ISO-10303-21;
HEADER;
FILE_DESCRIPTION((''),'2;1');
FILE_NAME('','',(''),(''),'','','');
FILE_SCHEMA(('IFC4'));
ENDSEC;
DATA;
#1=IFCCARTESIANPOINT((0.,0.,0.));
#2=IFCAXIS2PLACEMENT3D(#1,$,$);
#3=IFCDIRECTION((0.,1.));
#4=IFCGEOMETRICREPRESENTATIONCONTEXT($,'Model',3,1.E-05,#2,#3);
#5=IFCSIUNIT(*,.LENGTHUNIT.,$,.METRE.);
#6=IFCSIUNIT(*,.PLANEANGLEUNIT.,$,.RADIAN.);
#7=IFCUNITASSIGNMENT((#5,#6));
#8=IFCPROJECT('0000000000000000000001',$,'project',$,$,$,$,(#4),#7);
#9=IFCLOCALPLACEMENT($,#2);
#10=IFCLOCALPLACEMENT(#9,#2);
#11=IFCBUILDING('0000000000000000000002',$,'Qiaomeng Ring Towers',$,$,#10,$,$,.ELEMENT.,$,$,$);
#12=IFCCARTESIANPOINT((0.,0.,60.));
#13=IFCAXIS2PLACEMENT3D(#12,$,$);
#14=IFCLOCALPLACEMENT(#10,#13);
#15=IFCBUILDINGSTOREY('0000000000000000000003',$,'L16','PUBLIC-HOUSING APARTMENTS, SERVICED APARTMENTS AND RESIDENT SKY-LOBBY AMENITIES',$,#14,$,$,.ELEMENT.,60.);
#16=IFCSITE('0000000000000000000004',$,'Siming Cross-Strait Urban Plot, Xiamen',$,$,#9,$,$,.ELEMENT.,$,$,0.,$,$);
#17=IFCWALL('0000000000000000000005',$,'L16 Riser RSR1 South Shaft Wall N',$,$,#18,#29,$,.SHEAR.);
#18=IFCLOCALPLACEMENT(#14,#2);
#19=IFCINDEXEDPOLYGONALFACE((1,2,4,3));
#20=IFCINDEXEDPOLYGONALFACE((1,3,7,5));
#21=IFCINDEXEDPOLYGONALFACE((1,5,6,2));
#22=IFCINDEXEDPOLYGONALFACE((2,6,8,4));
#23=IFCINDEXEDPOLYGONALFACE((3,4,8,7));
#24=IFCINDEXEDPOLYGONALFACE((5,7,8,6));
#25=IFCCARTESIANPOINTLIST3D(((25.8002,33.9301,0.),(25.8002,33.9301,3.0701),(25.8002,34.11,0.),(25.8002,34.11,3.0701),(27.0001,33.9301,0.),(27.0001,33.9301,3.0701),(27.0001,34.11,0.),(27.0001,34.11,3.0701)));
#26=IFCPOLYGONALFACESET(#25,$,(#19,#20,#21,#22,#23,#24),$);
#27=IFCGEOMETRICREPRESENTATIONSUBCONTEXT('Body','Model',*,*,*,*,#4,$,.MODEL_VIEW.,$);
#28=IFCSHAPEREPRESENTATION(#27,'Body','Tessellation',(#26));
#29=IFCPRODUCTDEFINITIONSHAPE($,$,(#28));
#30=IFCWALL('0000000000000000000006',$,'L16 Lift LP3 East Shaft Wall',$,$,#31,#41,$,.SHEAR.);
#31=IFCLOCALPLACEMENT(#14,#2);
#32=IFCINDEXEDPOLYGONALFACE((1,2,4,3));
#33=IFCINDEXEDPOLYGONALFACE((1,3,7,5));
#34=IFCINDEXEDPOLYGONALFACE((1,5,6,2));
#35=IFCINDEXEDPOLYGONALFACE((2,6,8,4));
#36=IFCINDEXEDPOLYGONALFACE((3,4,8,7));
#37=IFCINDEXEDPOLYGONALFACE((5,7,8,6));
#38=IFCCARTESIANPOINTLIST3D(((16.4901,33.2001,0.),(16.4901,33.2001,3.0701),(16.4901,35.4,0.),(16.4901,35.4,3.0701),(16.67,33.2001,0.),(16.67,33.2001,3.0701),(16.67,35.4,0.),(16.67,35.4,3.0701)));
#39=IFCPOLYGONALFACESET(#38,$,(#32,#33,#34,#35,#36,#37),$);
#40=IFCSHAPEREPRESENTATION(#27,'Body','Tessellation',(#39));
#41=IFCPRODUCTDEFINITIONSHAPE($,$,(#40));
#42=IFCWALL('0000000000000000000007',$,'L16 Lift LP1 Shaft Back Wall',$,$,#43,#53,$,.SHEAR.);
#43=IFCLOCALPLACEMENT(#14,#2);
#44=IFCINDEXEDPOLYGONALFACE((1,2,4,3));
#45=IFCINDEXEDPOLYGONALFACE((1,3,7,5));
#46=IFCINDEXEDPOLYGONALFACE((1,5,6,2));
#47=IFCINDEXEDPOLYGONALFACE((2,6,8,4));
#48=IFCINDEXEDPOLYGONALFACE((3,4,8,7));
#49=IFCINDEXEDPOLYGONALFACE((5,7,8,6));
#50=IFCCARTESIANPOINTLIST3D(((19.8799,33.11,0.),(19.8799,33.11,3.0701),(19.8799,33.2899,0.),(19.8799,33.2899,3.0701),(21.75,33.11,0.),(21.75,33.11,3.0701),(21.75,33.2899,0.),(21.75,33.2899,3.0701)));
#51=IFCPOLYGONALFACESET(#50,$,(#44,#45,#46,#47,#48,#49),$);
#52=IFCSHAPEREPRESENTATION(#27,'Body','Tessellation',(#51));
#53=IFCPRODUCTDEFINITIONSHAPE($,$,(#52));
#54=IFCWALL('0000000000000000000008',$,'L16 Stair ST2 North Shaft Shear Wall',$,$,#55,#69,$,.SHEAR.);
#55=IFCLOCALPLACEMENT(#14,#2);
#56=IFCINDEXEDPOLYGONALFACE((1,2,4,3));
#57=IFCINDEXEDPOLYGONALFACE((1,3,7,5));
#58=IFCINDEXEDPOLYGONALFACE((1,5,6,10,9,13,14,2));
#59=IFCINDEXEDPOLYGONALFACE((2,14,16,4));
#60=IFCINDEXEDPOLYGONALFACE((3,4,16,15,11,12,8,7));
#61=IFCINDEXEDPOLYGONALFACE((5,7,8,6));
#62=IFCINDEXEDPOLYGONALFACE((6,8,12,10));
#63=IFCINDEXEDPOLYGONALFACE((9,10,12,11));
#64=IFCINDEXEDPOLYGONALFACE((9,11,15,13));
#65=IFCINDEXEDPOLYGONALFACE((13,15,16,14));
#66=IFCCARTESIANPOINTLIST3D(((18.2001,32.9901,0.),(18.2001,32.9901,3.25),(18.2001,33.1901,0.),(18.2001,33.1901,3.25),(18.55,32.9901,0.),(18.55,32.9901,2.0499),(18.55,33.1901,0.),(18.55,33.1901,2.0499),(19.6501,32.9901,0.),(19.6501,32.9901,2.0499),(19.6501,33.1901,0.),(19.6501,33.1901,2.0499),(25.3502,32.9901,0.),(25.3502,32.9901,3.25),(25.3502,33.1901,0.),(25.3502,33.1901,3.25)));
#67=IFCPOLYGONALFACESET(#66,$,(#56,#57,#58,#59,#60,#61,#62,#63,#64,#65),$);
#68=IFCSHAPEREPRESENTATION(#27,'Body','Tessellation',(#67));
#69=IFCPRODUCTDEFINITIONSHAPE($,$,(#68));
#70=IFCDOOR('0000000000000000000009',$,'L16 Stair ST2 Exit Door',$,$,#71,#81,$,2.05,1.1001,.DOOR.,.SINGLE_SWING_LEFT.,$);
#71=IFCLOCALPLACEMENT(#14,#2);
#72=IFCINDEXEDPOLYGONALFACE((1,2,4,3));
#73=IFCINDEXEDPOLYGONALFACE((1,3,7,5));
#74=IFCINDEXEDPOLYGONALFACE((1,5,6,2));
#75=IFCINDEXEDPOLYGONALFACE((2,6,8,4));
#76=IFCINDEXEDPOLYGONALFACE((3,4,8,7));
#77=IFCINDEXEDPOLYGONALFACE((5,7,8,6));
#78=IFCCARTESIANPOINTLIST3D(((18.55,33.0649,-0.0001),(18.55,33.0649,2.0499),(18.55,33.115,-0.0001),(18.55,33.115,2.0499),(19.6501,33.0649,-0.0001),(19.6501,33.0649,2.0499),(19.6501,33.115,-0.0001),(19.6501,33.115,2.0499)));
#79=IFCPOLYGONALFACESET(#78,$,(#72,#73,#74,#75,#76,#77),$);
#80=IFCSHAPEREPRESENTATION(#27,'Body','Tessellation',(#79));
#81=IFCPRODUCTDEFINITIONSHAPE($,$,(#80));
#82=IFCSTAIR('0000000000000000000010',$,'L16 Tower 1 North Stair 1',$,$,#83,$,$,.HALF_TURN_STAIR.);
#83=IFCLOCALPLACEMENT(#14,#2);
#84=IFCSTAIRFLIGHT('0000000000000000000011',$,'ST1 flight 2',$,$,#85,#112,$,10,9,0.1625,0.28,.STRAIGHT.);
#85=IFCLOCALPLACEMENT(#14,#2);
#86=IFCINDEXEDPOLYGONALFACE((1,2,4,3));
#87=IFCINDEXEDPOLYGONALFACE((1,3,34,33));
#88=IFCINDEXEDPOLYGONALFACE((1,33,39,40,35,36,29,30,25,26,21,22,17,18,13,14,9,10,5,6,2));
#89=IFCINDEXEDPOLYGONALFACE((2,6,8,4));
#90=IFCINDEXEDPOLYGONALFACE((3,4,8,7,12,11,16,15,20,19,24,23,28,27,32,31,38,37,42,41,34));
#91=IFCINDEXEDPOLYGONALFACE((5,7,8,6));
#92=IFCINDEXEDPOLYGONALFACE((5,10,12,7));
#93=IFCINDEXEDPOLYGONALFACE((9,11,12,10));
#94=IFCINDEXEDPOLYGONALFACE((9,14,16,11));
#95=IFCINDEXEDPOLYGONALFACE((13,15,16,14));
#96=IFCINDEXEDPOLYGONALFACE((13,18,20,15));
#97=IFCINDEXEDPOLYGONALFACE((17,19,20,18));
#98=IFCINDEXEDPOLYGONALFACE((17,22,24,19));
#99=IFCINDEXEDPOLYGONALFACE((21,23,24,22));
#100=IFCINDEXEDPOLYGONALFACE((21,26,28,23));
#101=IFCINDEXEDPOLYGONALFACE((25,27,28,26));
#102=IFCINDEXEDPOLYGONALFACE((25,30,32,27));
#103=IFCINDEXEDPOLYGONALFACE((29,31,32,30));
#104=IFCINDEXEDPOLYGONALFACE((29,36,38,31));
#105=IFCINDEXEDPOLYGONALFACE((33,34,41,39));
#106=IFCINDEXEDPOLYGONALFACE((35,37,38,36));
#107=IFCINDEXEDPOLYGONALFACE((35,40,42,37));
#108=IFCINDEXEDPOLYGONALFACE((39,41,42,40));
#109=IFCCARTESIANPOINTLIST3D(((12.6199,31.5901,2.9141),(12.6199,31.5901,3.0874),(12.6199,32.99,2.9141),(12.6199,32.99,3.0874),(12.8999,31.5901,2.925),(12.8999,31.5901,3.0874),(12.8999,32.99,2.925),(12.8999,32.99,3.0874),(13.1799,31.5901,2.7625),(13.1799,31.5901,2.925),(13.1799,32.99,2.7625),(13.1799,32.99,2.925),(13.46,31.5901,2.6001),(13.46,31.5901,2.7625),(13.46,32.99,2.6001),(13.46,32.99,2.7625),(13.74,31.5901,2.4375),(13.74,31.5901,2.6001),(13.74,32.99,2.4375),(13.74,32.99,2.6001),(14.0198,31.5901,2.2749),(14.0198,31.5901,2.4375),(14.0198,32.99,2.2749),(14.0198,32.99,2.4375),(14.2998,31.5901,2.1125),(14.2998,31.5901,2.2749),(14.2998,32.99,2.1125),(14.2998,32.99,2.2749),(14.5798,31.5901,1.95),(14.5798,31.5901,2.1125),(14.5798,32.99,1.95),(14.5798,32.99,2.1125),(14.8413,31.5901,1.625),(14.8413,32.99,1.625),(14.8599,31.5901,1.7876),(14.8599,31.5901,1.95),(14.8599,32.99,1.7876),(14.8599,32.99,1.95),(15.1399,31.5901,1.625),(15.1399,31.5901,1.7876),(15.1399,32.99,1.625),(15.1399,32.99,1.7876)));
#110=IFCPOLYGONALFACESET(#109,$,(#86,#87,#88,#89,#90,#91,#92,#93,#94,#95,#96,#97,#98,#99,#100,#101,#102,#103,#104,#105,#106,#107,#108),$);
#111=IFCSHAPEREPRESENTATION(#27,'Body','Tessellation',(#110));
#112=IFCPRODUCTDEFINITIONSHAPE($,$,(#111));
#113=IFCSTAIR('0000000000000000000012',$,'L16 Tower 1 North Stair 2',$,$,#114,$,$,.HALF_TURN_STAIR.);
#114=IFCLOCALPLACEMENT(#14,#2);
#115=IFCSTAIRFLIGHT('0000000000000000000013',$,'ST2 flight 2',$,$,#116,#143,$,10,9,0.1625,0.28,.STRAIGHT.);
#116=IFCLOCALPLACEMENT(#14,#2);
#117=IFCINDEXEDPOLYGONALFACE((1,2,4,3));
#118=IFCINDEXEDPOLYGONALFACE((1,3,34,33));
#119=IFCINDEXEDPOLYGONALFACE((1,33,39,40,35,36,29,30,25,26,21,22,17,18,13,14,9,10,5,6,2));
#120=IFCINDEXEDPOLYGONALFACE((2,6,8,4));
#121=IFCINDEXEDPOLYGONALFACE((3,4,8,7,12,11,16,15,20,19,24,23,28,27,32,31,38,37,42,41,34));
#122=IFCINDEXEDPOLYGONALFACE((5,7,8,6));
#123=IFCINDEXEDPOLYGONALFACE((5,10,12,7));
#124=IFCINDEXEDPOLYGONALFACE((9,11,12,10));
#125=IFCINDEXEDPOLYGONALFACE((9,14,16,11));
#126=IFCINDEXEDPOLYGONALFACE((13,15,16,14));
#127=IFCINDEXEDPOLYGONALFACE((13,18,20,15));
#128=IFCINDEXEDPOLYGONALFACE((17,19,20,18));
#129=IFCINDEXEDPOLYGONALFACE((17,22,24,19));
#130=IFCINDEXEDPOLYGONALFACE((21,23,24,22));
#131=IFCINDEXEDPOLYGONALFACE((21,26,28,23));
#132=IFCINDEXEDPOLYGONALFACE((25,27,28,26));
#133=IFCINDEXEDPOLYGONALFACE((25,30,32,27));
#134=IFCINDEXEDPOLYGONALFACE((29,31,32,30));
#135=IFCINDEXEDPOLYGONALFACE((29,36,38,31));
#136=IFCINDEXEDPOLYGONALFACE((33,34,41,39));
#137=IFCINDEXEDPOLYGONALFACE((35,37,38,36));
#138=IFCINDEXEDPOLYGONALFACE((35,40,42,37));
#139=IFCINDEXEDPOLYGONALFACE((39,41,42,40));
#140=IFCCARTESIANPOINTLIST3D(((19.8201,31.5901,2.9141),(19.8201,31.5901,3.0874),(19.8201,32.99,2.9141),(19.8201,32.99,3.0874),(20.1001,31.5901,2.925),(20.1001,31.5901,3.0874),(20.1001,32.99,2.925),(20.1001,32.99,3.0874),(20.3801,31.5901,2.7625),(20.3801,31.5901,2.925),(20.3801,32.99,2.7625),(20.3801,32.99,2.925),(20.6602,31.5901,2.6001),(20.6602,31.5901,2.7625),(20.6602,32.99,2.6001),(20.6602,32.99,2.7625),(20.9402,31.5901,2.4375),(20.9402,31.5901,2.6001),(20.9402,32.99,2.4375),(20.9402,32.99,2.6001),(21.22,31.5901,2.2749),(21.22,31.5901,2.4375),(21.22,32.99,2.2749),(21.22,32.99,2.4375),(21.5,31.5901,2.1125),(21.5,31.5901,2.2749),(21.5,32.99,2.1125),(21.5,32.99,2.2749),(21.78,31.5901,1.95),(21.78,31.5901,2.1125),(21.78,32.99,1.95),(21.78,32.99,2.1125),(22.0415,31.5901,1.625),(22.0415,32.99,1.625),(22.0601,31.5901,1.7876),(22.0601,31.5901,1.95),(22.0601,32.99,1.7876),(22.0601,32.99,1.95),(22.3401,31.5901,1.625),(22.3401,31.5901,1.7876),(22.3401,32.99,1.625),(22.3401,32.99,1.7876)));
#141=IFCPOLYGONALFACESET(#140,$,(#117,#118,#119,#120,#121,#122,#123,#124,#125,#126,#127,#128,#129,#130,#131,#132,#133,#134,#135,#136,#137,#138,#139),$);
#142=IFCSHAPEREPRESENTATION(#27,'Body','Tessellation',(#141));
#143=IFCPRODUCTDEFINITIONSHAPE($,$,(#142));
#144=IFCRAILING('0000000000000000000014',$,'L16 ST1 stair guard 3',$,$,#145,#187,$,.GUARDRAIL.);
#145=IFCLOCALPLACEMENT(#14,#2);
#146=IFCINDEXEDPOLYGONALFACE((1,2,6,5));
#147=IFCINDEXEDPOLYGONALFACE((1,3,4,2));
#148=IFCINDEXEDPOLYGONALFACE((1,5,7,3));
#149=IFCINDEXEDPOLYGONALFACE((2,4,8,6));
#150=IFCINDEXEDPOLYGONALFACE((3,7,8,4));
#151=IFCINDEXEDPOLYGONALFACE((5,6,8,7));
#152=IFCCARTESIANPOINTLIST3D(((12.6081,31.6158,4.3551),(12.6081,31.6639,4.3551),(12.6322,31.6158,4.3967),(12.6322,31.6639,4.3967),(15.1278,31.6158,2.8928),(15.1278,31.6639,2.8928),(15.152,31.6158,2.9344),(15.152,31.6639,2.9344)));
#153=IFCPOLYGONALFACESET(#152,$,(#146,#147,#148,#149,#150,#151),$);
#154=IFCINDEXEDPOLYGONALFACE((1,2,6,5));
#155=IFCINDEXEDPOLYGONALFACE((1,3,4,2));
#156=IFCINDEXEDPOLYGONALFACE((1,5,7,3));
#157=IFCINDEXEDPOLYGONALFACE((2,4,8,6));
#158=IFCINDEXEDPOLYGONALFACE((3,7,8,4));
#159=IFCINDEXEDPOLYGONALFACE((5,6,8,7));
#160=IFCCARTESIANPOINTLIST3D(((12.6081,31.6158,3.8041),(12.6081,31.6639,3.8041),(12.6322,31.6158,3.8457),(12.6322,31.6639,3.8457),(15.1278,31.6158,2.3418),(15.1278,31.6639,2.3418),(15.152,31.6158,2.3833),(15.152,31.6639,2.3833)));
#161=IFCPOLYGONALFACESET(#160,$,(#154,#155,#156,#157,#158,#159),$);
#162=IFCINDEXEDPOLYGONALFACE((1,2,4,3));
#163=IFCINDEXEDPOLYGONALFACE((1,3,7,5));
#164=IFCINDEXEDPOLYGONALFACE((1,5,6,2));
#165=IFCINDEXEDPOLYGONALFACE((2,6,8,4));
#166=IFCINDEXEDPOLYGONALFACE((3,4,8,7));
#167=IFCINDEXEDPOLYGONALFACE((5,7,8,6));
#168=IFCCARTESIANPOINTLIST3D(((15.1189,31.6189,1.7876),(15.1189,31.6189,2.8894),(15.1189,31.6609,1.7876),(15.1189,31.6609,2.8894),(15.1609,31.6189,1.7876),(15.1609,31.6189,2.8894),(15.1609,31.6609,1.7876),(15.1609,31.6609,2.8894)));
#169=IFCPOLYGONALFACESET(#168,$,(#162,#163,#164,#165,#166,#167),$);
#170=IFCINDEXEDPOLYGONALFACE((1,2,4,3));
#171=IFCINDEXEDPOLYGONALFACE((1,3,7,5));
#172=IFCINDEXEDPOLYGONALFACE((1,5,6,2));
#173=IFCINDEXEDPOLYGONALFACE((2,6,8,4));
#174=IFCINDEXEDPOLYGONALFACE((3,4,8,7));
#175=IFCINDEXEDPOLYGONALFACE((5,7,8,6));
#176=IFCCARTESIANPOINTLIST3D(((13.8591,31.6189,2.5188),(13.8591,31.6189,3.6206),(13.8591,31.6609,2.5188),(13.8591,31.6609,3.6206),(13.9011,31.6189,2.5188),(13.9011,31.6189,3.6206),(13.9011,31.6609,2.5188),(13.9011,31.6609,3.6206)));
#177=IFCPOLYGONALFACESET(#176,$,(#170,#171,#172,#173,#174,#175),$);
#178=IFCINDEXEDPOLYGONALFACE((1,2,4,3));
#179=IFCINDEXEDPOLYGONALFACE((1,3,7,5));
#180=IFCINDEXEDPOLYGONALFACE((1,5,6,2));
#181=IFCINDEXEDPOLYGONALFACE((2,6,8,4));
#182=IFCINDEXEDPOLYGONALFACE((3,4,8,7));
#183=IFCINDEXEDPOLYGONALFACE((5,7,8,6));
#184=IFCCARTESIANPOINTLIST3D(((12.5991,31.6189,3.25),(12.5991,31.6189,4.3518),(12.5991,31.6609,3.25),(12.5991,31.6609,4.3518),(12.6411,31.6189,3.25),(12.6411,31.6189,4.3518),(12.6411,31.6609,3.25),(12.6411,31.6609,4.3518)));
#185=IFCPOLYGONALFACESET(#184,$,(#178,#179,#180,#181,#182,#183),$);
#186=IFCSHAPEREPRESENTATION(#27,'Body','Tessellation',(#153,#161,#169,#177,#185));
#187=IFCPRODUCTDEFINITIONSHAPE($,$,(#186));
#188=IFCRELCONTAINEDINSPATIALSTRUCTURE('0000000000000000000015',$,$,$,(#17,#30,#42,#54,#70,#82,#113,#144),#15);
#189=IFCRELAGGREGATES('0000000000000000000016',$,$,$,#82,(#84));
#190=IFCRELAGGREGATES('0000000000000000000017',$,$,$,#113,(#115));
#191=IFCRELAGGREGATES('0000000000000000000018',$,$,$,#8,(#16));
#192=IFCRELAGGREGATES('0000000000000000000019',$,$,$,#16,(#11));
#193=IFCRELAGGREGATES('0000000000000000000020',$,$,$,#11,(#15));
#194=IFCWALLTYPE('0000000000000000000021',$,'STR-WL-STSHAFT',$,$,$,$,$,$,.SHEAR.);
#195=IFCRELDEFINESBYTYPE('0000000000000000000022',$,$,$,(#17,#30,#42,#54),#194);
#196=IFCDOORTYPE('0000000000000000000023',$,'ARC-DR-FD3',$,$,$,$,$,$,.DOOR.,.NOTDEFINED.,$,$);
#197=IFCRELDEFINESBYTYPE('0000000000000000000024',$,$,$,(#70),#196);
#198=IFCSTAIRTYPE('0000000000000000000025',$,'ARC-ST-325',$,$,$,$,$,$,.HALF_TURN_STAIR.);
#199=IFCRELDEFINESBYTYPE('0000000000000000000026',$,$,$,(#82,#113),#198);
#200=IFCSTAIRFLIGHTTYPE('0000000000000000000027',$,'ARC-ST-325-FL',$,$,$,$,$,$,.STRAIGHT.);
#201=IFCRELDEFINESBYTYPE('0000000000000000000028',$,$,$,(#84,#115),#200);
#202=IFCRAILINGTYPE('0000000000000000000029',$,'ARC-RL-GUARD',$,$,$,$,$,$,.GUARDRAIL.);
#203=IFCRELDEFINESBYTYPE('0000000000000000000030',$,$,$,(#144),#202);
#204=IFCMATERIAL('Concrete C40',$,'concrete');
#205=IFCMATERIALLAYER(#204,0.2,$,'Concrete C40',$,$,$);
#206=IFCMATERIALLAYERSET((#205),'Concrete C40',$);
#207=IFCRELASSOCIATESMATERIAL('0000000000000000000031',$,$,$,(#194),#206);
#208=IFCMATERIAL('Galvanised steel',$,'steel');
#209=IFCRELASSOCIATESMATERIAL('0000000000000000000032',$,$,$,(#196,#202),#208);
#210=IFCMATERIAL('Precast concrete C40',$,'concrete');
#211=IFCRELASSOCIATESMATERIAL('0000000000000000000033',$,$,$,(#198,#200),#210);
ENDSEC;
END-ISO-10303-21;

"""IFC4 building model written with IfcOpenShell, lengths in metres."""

from ifc_helpers import new_model, si_unit, direction, frame, frame_2d, origin, origin_2d, place, context, subcontext, project, spatial, polyline, rectangle, outline, extrude, source, transform, mapped, material, layer, layer_set, type_object, element, fill, aggregate, save


model = new_model("IFC4")

# Units and contexts
model_context = context("Model", 3, precision=1e-05, world=origin(), true_north=direction((0.0, 1.0)))
body_context = subcontext(model_context, "Body", "Model", "MODEL_VIEW")
ifc_project = project(units=[si_unit("LENGTHUNIT", "METRE"), si_unit("PLANEANGLEUNIT", "RADIAN")], contexts=[model_context])

# Site, building, storey
site_placement = place(None, origin())
site = spatial("IfcSite", under=ifc_project, at=site_placement, Name="Siming Cross-Strait Urban Plot, Xiamen", CompositionType="ELEMENT", RefElevation=0.0)
building_placement = place(site_placement, origin())
building = spatial("IfcBuilding", under=site, at=building_placement, Name="Qiaomeng Ring Towers", CompositionType="ELEMENT")
storey_placement = place(building_placement, frame((0.0, 0.0, 60.0)))
storey = spatial("IfcBuildingStorey", under=building, at=storey_placement, Name="L16", Description="PUBLIC-HOUSING APARTMENTS, SERVICED APARTMENTS AND RESIDENT SKY-LOBBY AMENITIES", CompositionType="ELEMENT", Elevation=60.0)

# Walls
ifc_material_1 = material(Name="Concrete C40", Category="concrete")
ifc_layer_1 = layer(ifc_material_1, 0.2, Name="Concrete C40")
ifc_layer_set_1 = layer_set([ifc_layer_1], Name="Concrete C40")
wall_type_1 = type_object("IfcWallType", Name="STR-WL-STSHAFT", PredefinedType="SHEAR", material=ifc_layer_set_1)
for number, where, z_axis, x_axis, name in (
    (1, (25.8, 34.02, 0.0), (0.0, 0.0, 1.0), (1.0, 0.0, 0.0), "L16 Riser RSR1 South Shaft Wall N"),
):
    element("IfcWall", number, at=place(storey_placement, frame(where, z_axis=z_axis, x_axis=x_axis)), inside=storey, type_object=wall_type_1, Name=name, PredefinedType="SHEAR", context=body_context, shape_type="SweptSolid", body=[
        extrude(rectangle(XDim=1.2, YDim=0.1799, at=frame_2d((0.6001, 0.0))), origin(), (0.0, 0.0, 1.0), 3.0701),
    ])
wall_1_placement = place(storey_placement, frame((16.5801, 33.2, 0.0), z_axis=(0.0, 0.0, 1.0), x_axis=(0.0, 1.0, 0.0)))
element("IfcWall", 2, at=wall_1_placement, inside=storey, type_object=wall_type_1, Name="L16 Lift LP3 East Shaft Wall", PredefinedType="SHEAR", context=body_context, shape_type="SweptSolid", body=[
    extrude(rectangle(XDim=2.2, YDim=0.1799, at=frame_2d((1.1001, 0.0))), origin(), (0.0, 0.0, 1.0), 3.0701),
])
wall_2_placement = place(storey_placement, frame((19.8799, 33.2, 0.0), z_axis=(0.0, 0.0, 1.0), x_axis=(1.0, 0.0, 0.0)))
element("IfcWall", 3, at=wall_2_placement, inside=storey, type_object=wall_type_1, Name="L16 Lift LP1 Shaft Back Wall", PredefinedType="SHEAR", context=body_context, shape_type="SweptSolid", body=[
    extrude(rectangle(XDim=1.8701, YDim=0.1799, at=frame_2d((0.9351, 0.0))), origin(), (0.0, 0.0, 1.0), 3.0701),
])

# Wall, opening, door
wall_3_placement = place(storey_placement, frame((18.2, 33.0901, 0.0), z_axis=(0.0, 0.0, 1.0), x_axis=(1.0, 0.0, 0.0)))
wall_3 = element("IfcWall", 4, at=wall_3_placement, inside=storey, type_object=wall_type_1, Name="L16 Stair ST2 North Shaft Shear Wall", PredefinedType="SHEAR", context=body_context, shape_type="SweptSolid", body=[
    extrude(rectangle(XDim=7.1501, YDim=0.2, at=frame_2d((3.5752, 0.0))), origin(), (0.0, 0.0, 1.0), 3.25),
])
opening_placement = place(wall_3_placement, frame((0.3501, 0.0, 0.0)))
opening = element("IfcOpeningElement", 5, at=opening_placement, cuts=wall_3, PredefinedType="OPENING", context=body_context, shape_type="SweptSolid", body=[
    extrude(rectangle(XDim=1.1001, YDim=2.05, at=frame_2d((0.55, 1.0249))), frame((0.0, 0.1099, 0.0), z_axis=(0.0, -1.0, 0.0), x_axis=(1.0, 0.0, 0.0)), (0.0, 0.0, 1.0), 0.22),
])
ifc_material_2 = material(Name="Galvanised steel", Category="steel")
door_type = type_object("IfcDoorType", Name="ARC-DR-FD3", OperationType="NOTDEFINED", PredefinedType="DOOR", material=ifc_material_2)
shared_shape_1 = source(origin(), body_context, "Body", "SweptSolid", [
    extrude(rectangle(XDim=1.1001, YDim=2.05, at=frame_2d((0.55, 1.0249))), frame((0.0, 0.0249, 0.0), z_axis=(0.0, -1.0, 0.0), x_axis=(1.0, 0.0, 0.0)), (0.0, 0.0, 1.0), 0.05),
])
door_placement = place(opening_placement, origin())
door = element("IfcDoor", 6, at=door_placement, inside=storey, type_object=door_type, Name="L16 Stair ST2 Exit Door", OperationType="SINGLE_SWING_LEFT", OverallHeight=2.05, OverallWidth=1.1001, PredefinedType="DOOR", context=body_context, shape_type="MappedRepresentation", body=[
    mapped(shared_shape_1, transform((0.0, 0.0, 0.0), x_axis=(1.0, 0.0, 0.0), y_axis=(0.0, 1.0, 0.0), z_axis=(0.0, 0.0, 1.0), scale=1.0)),
])
fill(opening, door)

# Stairs, stair flights
ifc_material_3 = material(Name="Precast concrete C40", Category="concrete")
stair_type = type_object("IfcStairType", Name="ARC-ST-325", PredefinedType="HALF_TURN_STAIR", material=ifc_material_3)
stair_1_placement = place(storey_placement, origin())
stair_1 = element("IfcStair", 7, at=stair_1_placement, inside=storey, type_object=stair_type, Name="L16 Tower 1 North Stair 1", PredefinedType="HALF_TURN_STAIR")
stair_flight_type = type_object("IfcStairFlightType", Name="ARC-ST-325-FL", PredefinedType="STRAIGHT", material=ifc_material_3)
shared_shape_2 = source(origin(), body_context, "Body", "SweptSolid", [
    extrude(outline(polyline([(0.0, 0.0), (0.0, 0.1626), (0.28, 0.1626), (0.28, 0.325), (0.5601, 0.325), (0.5601, 0.4875), (0.8401, 0.4875), (0.8401, 0.6499), (1.1201, 0.6499), (1.1201, 0.8125), (1.3999, 0.8125), (1.3999, 0.9751), (1.6799, 0.9751), (1.6799, 1.1375), (1.96, 1.1375), (1.96, 1.3), (2.24, 1.3), (2.24, 1.4624), (2.52, 1.4624), (2.52, 1.625), (2.52, 1.2891), (0.2986, 0.0), (0.0, 0.0)])), frame((0.0, 0.7, 0.0), z_axis=(0.0, -1.0, 0.0), x_axis=(1.0, 0.0, 0.0)), (0.0, 0.0, 1.0), 1.3999),
])
stair_flight_1_placement = place(storey_placement, frame((15.1399, 32.29, 1.625), z_axis=(0.0, 0.0, 1.0), x_axis=(-1.0, 0.0, 0.0)))
stair_flight_1 = element("IfcStairFlight", 8, at=stair_flight_1_placement, type_object=stair_flight_type, Name="ST1 flight 2", NumberOfRisers=10, NumberOfTreads=9, PredefinedType="STRAIGHT", RiserHeight=0.1625, TreadLength=0.28, context=body_context, shape_type="MappedRepresentation", body=[
    mapped(shared_shape_2, transform((0.0, 0.0, 0.0), x_axis=(1.0, 0.0, 0.0), y_axis=(0.0, 1.0, 0.0), z_axis=(0.0, 0.0, 1.0), scale=1.0)),
])
aggregate(stair_1, [stair_flight_1])
stair_2_placement = place(storey_placement, origin())
stair_2 = element("IfcStair", 9, at=stair_2_placement, inside=storey, type_object=stair_type, Name="L16 Tower 1 North Stair 2", PredefinedType="HALF_TURN_STAIR")
stair_flight_2_placement = place(storey_placement, frame((22.3401, 32.29, 1.625), z_axis=(0.0, 0.0, 1.0), x_axis=(-1.0, 0.0, 0.0)))
stair_flight_2 = element("IfcStairFlight", 10, at=stair_flight_2_placement, type_object=stair_flight_type, Name="ST2 flight 2", NumberOfRisers=10, NumberOfTreads=9, PredefinedType="STRAIGHT", RiserHeight=0.1625, TreadLength=0.28, context=body_context, shape_type="MappedRepresentation", body=[
    mapped(shared_shape_2, transform((0.0, 0.0, 0.0), x_axis=(1.0, 0.0, 0.0), y_axis=(0.0, 1.0, 0.0), z_axis=(0.0, 0.0, 1.0), scale=1.0)),
])
aggregate(stair_2, [stair_flight_2])

# Railing
railing_type_1 = type_object("IfcRailingType", Name="ARC-RL-GUARD", PredefinedType="GUARDRAIL", material=ifc_material_2)
railing_1_placement = place(storey_placement, frame((15.1399, 31.6399, 1.7876)))
element("IfcRailing", 11, at=railing_1_placement, inside=storey, type_object=railing_type_1, Name="L16 ST1 stair guard 3", PredefinedType="GUARDRAIL", context=body_context, shape_type="SweptSolid", body=[
    extrude(rectangle(XDim=0.0481, YDim=0.0481, at=origin_2d()), frame((0.0, 0.0, 1.126), z_axis=(-0.864892, 0.0, 0.501958), x_axis=(0.0, -1.0, 0.0)), (0.0, 0.0, 1.0), 2.9133),
    extrude(rectangle(XDim=0.0481, YDim=0.0481, at=origin_2d()), frame((0.0, 0.0, 0.575), z_axis=(-0.864892, 0.0, 0.501958), x_axis=(0.0, -1.0, 0.0)), (0.0, 0.0, 1.0), 2.9133),
    extrude(rectangle(XDim=0.042, YDim=0.042, at=origin_2d()), origin(), (0.0, 0.0, 1.0), 1.1018),
    extrude(rectangle(XDim=0.042, YDim=0.042, at=origin_2d()), frame((-1.2598, 0.0, 0.7312)), (0.0, 0.0, 1.0), 1.1018),
    extrude(rectangle(XDim=0.042, YDim=0.042, at=origin_2d()), frame((-2.5198, 0.0, 1.4624)), (0.0, 0.0, 1.0), 1.1018),
])

save(model, "model.ifc")
